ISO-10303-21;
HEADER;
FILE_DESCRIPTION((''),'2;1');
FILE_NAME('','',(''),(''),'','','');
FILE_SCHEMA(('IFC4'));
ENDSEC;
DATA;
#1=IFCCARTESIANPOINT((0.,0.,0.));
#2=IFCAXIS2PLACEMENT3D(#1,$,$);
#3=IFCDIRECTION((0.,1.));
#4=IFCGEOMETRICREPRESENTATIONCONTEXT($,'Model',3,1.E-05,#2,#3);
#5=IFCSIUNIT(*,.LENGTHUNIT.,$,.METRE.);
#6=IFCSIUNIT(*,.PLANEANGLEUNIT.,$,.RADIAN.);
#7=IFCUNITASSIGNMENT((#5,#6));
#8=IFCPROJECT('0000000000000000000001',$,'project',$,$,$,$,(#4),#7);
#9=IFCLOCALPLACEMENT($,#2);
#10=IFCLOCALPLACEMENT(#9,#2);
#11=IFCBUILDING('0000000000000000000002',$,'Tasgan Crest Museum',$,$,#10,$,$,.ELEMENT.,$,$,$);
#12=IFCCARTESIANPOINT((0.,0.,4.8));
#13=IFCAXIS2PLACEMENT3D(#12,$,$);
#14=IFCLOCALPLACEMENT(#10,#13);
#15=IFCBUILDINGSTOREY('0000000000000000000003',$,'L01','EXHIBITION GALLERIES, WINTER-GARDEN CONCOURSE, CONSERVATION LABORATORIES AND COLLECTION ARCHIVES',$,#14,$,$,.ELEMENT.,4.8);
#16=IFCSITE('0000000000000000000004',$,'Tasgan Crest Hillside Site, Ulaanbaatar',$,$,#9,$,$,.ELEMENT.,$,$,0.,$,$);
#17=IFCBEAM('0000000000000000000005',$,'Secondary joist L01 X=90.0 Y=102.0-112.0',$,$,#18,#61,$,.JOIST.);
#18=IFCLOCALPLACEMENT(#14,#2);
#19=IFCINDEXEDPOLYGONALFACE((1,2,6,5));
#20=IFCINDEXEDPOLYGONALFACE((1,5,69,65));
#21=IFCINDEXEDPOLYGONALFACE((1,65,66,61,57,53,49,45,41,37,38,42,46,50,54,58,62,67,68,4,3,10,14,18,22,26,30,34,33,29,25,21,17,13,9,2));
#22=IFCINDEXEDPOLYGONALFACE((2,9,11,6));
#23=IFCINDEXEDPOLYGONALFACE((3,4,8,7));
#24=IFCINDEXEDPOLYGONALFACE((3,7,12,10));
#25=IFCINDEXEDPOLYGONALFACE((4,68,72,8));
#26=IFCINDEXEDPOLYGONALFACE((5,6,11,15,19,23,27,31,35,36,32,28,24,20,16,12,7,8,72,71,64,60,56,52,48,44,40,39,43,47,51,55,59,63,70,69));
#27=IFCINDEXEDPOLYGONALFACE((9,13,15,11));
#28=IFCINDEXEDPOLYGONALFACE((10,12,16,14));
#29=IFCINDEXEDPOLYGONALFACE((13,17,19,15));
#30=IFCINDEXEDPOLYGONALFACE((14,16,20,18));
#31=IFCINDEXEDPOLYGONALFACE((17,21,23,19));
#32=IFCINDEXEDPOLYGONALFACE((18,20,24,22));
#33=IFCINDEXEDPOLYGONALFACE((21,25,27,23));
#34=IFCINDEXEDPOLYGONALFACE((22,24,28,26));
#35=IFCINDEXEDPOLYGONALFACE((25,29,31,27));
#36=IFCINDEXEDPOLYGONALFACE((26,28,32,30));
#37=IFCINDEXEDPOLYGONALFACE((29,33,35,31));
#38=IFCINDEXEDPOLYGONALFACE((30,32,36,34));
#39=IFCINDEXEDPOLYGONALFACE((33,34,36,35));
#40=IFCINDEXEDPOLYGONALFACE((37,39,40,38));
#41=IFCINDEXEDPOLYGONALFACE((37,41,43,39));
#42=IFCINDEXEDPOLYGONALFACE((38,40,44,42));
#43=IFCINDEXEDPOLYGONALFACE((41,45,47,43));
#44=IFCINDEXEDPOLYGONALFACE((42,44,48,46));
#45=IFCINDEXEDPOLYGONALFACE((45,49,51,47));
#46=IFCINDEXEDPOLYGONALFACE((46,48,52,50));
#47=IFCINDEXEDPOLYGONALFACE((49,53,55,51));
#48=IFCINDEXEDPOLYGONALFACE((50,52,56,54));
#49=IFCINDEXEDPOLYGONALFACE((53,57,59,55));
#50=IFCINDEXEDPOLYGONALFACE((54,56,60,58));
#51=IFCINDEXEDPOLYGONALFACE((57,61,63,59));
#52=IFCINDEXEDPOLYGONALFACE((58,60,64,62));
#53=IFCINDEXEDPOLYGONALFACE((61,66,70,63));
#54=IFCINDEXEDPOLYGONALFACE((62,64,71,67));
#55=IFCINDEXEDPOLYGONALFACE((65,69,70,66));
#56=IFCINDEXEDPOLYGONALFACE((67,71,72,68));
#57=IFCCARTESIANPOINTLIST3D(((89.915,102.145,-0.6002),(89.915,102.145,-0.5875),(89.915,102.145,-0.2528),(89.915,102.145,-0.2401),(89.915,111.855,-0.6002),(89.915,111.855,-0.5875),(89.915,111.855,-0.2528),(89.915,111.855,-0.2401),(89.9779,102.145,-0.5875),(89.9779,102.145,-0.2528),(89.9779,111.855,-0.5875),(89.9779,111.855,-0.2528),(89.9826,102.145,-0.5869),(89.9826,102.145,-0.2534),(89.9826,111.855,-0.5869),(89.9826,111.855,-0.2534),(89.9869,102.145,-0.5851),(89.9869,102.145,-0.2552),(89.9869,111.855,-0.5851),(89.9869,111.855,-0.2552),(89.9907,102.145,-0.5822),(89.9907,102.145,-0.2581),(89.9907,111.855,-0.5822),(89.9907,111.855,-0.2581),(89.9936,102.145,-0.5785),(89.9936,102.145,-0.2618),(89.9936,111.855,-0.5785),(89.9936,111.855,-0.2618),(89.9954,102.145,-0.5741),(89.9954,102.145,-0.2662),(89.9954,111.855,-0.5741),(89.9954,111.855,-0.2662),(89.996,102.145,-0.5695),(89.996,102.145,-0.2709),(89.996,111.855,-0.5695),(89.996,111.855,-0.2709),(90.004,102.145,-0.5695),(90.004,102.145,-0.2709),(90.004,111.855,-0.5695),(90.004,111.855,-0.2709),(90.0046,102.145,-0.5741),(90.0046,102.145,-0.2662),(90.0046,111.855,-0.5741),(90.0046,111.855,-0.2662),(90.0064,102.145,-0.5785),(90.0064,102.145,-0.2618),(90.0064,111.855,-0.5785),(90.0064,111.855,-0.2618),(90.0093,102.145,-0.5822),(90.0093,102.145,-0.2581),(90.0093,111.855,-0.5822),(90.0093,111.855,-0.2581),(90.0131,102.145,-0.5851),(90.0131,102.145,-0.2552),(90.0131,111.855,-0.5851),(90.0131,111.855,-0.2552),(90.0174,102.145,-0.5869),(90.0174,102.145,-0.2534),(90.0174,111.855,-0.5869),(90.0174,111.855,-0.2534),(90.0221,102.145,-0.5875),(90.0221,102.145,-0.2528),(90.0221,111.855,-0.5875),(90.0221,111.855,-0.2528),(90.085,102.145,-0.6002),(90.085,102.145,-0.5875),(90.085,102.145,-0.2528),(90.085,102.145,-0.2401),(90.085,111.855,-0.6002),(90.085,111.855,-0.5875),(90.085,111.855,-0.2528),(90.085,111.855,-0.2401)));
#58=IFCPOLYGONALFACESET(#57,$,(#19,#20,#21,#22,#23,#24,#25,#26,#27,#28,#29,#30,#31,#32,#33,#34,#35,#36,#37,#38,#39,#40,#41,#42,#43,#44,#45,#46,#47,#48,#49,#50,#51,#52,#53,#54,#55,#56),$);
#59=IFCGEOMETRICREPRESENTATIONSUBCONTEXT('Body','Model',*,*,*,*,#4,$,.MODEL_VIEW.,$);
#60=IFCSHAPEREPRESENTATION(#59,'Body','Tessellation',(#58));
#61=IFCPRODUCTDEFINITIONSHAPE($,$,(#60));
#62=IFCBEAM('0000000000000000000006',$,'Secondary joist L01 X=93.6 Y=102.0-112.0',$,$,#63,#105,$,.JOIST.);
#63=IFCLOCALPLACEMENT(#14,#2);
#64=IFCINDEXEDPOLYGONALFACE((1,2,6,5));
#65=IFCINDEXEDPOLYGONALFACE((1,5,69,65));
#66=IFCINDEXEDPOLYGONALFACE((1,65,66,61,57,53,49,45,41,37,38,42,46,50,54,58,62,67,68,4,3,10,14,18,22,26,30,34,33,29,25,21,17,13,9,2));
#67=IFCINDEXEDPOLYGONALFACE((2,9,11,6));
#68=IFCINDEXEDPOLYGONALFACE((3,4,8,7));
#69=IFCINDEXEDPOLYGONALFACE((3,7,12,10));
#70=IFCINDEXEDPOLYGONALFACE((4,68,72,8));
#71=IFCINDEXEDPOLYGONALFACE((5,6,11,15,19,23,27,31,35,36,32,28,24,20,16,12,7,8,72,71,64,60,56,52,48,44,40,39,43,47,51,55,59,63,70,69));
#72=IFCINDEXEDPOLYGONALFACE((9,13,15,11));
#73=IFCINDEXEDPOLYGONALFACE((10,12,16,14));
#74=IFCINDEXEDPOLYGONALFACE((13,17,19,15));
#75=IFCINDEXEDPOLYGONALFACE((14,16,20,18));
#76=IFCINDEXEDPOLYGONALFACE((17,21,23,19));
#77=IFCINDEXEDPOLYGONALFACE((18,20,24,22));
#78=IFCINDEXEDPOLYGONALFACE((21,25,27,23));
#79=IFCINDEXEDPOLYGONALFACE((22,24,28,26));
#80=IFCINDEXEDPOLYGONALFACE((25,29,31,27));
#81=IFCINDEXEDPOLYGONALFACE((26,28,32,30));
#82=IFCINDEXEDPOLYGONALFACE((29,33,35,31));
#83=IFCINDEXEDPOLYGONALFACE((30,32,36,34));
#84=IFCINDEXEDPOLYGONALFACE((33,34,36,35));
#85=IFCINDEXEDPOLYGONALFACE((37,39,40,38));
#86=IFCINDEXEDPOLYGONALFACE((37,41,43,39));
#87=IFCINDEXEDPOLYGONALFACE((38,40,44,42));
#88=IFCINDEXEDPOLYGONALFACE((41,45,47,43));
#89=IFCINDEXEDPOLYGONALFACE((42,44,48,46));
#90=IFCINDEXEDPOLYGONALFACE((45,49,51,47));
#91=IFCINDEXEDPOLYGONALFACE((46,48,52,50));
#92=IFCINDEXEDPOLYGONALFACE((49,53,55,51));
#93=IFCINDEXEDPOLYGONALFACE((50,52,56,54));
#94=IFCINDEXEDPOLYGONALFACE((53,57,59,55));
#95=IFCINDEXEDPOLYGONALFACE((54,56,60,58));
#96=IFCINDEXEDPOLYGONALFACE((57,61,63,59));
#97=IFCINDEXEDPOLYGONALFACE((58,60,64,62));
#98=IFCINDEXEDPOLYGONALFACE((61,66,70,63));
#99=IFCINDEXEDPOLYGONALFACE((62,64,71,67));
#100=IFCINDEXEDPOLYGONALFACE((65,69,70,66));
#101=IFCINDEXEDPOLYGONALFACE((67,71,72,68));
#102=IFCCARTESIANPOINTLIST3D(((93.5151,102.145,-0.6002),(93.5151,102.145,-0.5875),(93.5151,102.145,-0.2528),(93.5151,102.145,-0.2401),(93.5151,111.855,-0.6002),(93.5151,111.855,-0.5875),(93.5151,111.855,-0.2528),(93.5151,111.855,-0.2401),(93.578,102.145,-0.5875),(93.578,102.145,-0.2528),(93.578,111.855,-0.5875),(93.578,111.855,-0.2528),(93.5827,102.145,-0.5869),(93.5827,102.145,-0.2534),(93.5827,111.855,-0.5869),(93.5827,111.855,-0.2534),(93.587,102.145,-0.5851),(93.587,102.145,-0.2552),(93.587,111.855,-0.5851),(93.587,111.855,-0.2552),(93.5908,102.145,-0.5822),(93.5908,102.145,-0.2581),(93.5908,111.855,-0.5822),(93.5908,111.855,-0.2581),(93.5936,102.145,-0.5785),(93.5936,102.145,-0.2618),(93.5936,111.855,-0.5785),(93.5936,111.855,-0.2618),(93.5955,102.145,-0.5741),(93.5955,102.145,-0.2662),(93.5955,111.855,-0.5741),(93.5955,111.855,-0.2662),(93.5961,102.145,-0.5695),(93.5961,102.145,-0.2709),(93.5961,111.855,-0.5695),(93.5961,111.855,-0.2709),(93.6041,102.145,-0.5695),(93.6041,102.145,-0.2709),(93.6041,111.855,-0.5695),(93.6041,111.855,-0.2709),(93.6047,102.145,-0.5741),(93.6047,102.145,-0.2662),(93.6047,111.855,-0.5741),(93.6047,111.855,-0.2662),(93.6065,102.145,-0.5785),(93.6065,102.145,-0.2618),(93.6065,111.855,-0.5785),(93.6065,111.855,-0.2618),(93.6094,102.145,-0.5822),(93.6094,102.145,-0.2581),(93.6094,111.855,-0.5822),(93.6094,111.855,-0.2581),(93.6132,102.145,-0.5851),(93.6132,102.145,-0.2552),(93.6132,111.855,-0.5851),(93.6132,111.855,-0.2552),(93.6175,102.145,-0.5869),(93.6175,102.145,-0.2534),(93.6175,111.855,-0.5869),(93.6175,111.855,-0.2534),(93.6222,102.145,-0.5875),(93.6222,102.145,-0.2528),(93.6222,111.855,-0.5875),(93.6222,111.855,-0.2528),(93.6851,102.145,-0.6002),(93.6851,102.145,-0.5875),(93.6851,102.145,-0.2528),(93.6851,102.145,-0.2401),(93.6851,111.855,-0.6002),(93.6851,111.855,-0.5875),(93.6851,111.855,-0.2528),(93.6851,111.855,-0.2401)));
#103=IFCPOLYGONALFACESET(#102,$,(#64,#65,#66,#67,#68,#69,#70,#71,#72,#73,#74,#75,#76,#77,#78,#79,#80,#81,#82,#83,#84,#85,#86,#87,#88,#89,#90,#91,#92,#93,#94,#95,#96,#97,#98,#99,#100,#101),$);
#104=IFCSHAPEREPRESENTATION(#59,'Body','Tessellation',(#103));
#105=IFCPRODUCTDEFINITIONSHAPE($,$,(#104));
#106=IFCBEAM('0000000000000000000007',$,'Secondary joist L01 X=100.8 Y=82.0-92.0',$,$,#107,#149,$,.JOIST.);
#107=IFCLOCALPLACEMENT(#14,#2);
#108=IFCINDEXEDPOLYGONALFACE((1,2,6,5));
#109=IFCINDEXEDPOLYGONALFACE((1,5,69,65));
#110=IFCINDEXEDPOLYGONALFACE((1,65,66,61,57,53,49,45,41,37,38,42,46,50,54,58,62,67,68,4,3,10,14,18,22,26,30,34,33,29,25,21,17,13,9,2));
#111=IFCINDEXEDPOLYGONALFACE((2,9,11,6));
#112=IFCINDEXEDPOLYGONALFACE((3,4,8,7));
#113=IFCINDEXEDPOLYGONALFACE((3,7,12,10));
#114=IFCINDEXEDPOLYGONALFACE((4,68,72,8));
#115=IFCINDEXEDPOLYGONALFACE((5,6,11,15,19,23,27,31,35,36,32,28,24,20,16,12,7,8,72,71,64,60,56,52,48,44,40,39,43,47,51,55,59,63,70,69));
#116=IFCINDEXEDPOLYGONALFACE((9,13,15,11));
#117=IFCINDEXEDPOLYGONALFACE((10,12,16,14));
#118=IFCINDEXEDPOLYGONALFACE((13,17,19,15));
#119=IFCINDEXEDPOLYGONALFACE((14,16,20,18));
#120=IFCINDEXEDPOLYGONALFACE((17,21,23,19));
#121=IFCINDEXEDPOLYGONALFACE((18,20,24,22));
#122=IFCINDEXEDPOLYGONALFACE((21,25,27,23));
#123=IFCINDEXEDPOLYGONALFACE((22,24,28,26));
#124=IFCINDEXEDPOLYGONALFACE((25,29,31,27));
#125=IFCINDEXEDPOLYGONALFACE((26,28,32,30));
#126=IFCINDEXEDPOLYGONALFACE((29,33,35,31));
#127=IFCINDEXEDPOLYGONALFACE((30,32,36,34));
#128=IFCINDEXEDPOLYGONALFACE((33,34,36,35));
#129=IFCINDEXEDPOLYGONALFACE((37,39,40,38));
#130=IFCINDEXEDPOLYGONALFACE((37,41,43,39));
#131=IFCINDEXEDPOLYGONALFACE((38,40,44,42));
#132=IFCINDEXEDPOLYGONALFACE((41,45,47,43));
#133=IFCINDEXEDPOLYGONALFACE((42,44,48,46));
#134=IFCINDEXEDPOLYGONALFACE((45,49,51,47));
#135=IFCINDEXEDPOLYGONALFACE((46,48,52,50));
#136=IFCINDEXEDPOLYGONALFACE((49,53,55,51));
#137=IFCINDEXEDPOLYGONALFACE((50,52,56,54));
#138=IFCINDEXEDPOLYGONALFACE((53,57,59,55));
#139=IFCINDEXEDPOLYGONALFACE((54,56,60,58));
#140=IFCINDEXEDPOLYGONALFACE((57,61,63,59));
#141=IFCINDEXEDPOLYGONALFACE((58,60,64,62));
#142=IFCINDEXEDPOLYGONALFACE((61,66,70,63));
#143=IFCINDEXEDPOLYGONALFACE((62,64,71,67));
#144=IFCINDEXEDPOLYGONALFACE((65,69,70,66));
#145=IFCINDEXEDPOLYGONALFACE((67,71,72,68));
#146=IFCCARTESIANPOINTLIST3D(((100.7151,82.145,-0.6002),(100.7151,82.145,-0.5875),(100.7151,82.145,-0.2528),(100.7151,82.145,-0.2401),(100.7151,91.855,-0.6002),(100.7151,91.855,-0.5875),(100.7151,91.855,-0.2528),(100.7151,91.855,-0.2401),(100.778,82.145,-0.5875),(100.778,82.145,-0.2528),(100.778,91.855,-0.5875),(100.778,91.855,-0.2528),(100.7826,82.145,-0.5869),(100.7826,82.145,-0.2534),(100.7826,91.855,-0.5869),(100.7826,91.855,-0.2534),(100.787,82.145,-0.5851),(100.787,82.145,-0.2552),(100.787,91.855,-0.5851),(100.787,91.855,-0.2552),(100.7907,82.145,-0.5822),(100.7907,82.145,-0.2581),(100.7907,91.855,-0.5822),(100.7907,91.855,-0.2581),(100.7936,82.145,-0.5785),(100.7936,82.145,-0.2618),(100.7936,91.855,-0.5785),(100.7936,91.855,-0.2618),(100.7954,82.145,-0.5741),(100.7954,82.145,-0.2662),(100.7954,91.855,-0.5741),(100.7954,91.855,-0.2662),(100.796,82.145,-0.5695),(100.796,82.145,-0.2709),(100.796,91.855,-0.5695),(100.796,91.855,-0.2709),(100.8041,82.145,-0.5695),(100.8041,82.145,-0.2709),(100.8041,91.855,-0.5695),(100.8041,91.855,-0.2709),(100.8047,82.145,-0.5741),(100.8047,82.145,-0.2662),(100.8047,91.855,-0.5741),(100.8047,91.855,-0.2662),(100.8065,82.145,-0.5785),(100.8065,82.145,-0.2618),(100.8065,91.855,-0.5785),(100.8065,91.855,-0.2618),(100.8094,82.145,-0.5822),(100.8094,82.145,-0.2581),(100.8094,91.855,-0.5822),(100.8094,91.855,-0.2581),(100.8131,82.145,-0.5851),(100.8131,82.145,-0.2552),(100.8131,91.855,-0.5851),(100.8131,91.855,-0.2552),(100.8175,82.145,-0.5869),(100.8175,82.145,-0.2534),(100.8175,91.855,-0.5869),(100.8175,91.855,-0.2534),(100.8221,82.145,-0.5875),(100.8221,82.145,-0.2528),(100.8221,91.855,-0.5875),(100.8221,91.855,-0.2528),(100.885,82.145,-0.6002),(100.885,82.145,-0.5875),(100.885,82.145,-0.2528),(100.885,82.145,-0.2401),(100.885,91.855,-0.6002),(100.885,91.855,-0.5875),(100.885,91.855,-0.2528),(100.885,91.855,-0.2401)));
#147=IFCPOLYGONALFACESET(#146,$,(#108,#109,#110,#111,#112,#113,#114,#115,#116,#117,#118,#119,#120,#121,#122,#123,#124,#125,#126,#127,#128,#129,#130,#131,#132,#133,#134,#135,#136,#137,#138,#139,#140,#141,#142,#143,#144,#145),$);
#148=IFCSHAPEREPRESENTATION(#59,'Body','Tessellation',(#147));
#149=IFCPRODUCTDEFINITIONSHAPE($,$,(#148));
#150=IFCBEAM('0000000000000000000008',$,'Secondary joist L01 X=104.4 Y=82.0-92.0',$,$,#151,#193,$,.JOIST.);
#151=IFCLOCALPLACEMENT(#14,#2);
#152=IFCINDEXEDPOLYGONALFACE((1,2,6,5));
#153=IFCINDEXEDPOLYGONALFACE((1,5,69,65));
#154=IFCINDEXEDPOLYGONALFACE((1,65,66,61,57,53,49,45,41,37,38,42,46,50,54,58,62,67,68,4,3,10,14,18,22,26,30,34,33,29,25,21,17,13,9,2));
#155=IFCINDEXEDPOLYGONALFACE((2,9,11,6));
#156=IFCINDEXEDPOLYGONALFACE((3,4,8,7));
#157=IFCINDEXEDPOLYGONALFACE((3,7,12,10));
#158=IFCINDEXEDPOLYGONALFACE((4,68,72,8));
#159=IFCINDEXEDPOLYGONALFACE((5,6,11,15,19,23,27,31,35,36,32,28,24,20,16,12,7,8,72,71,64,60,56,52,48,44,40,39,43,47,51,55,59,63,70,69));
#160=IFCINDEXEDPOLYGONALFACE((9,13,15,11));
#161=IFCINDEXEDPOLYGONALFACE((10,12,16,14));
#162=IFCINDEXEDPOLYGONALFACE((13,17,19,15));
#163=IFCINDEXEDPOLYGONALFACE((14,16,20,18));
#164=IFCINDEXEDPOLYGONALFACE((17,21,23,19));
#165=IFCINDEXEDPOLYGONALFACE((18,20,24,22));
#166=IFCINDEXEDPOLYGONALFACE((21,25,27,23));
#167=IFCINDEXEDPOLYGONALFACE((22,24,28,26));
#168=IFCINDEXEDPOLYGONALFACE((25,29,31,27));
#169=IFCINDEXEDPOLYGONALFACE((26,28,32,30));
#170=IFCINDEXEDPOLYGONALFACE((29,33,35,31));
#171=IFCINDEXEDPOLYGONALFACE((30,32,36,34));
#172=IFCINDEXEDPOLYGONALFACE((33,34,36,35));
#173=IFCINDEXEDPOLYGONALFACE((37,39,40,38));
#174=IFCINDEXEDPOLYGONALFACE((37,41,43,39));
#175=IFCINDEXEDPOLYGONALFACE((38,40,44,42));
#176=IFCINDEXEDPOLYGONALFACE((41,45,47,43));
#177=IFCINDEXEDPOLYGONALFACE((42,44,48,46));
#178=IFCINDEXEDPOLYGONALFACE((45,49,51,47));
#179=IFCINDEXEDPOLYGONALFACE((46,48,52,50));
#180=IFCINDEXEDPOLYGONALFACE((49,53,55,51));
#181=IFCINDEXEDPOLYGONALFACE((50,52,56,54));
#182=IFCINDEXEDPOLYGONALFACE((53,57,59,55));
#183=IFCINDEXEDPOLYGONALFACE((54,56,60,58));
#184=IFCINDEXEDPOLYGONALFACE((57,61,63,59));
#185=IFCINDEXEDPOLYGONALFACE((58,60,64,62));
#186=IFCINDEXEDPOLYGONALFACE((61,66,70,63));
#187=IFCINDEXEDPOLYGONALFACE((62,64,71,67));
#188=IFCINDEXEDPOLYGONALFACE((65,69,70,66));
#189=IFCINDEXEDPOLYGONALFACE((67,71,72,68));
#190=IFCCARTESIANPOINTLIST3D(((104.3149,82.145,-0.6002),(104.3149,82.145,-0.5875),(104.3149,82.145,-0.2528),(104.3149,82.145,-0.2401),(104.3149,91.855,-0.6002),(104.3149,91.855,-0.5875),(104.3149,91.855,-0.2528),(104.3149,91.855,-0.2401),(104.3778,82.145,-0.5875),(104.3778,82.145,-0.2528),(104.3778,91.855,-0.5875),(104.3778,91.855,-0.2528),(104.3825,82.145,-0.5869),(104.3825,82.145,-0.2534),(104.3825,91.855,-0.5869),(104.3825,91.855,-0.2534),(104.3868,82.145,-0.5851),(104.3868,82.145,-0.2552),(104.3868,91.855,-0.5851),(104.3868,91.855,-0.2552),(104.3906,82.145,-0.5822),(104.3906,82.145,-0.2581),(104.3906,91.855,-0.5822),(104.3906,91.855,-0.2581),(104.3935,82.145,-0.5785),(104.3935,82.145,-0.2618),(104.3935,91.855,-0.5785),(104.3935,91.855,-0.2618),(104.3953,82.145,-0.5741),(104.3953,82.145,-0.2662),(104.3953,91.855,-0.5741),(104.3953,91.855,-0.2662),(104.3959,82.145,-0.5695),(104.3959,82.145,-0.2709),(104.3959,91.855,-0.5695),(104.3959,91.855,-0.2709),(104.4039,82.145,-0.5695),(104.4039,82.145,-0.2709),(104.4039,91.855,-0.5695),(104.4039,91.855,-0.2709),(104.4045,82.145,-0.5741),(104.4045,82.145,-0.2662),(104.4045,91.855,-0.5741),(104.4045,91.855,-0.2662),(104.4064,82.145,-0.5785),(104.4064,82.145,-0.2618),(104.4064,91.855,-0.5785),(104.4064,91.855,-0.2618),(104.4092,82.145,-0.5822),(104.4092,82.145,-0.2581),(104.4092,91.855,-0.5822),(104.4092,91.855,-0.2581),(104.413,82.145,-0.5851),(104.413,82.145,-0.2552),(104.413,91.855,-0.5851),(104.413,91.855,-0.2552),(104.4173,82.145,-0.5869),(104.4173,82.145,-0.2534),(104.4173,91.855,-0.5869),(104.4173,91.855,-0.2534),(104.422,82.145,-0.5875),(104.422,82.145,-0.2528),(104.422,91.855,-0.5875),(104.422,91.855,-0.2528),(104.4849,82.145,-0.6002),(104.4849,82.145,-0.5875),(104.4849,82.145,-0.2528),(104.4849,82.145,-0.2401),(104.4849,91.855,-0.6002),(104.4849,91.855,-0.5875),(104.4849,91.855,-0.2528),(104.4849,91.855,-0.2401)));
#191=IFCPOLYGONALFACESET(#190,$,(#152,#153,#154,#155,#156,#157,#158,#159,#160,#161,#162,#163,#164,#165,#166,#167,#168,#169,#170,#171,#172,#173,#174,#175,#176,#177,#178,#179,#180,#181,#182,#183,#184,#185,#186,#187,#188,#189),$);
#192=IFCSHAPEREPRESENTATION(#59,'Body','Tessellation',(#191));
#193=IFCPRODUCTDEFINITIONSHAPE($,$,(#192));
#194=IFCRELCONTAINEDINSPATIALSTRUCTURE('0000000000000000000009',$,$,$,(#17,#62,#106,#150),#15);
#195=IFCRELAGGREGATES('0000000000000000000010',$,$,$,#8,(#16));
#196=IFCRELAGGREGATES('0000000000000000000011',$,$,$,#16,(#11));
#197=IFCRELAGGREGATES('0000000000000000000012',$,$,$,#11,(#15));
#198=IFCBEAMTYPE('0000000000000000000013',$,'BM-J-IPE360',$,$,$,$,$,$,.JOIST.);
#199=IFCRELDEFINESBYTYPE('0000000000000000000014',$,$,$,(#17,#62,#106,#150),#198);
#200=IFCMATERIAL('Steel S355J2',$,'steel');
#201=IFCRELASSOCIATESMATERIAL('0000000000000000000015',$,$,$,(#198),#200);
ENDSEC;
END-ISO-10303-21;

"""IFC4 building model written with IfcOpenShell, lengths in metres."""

from ifc_helpers import new_model, si_unit, direction, frame, origin, origin_2d, place, context, subcontext, project, spatial, i_section, extrude, material, material_profile, profile_set, type_object, element, save


model = new_model("IFC4")

# Units and contexts
model_context = context("Model", 3, precision=1e-05, world=origin(), true_north=direction((0.0, 1.0)))
body_context = subcontext(model_context, "Body", "Model", "MODEL_VIEW")
ifc_project = project(units=[si_unit("LENGTHUNIT", "METRE"), si_unit("PLANEANGLEUNIT", "RADIAN")], contexts=[model_context])

# Site, building, storey
site_placement = place(None, origin())
site = spatial("IfcSite", under=ifc_project, at=site_placement, Name="Tasgan Crest Hillside Site, Ulaanbaatar", CompositionType="ELEMENT", RefElevation=0.0)
building_placement = place(site_placement, origin())
building = spatial("IfcBuilding", under=site, at=building_placement, Name="Tasgan Crest Museum", CompositionType="ELEMENT")
storey_placement = place(building_placement, frame((0.0, 0.0, 4.8)))
storey = spatial("IfcBuildingStorey", under=building, at=storey_placement, Name="L01", Description="EXHIBITION GALLERIES, WINTER-GARDEN CONCOURSE, CONSERVATION LABORATORIES AND COLLECTION ARCHIVES", CompositionType="ELEMENT", Elevation=4.8)

# Beams
ifc_material_1 = material(Name="Steel S355J2", Category="steel")
ifc_material_profile_1 = material_profile(ifc_material_1, i_section(OverallWidth=0.1699, OverallDepth=0.3601, WebThickness=0.0081, FlangeThickness=0.0127, FilletRadius=0.0181, at=origin_2d()), Name="IPE 360")
ifc_profile_set_1 = profile_set([ifc_material_profile_1], Name="Steel S355J2")
beam_type_1 = type_object("IfcBeamType", Name="BM-J-IPE360", PredefinedType="JOIST", material=ifc_profile_set_1)
for number, where, z_axis, x_axis, name in (
    (1, (90.0, 102.145, -0.4202), (0.0, 1.0, 0.0), (-1.0, 0.0, 0.0), "Secondary joist L01 X=90.0 Y=102.0-112.0"),
    (2, (93.6001, 102.145, -0.4202), (0.0, 1.0, 0.0), (-1.0, 0.0, 0.0), "Secondary joist L01 X=93.6 Y=102.0-112.0"),
    (3, (100.8, 82.145, -0.4202), (0.0, 1.0, 0.0), (-1.0, 0.0, 0.0), "Secondary joist L01 X=100.8 Y=82.0-92.0"),
    (4, (104.3999, 82.145, -0.4202), (0.0, 1.0, 0.0), (-1.0, 0.0, 0.0), "Secondary joist L01 X=104.4 Y=82.0-92.0"),
):
    element("IfcBeam", number, at=place(storey_placement, frame(where, z_axis=z_axis, x_axis=x_axis)), inside=storey, type_object=beam_type_1, Name=name, PredefinedType="JOIST", context=body_context, shape_type="SweptSolid", body=[
        extrude(i_section(OverallWidth=0.1699, OverallDepth=0.3601, WebThickness=0.0081, FlangeThickness=0.0127, FilletRadius=0.0181, at=origin_2d()), origin(), (0.0, 0.0, 1.0), 9.71),
    ])

save(model, "model.ifc")
